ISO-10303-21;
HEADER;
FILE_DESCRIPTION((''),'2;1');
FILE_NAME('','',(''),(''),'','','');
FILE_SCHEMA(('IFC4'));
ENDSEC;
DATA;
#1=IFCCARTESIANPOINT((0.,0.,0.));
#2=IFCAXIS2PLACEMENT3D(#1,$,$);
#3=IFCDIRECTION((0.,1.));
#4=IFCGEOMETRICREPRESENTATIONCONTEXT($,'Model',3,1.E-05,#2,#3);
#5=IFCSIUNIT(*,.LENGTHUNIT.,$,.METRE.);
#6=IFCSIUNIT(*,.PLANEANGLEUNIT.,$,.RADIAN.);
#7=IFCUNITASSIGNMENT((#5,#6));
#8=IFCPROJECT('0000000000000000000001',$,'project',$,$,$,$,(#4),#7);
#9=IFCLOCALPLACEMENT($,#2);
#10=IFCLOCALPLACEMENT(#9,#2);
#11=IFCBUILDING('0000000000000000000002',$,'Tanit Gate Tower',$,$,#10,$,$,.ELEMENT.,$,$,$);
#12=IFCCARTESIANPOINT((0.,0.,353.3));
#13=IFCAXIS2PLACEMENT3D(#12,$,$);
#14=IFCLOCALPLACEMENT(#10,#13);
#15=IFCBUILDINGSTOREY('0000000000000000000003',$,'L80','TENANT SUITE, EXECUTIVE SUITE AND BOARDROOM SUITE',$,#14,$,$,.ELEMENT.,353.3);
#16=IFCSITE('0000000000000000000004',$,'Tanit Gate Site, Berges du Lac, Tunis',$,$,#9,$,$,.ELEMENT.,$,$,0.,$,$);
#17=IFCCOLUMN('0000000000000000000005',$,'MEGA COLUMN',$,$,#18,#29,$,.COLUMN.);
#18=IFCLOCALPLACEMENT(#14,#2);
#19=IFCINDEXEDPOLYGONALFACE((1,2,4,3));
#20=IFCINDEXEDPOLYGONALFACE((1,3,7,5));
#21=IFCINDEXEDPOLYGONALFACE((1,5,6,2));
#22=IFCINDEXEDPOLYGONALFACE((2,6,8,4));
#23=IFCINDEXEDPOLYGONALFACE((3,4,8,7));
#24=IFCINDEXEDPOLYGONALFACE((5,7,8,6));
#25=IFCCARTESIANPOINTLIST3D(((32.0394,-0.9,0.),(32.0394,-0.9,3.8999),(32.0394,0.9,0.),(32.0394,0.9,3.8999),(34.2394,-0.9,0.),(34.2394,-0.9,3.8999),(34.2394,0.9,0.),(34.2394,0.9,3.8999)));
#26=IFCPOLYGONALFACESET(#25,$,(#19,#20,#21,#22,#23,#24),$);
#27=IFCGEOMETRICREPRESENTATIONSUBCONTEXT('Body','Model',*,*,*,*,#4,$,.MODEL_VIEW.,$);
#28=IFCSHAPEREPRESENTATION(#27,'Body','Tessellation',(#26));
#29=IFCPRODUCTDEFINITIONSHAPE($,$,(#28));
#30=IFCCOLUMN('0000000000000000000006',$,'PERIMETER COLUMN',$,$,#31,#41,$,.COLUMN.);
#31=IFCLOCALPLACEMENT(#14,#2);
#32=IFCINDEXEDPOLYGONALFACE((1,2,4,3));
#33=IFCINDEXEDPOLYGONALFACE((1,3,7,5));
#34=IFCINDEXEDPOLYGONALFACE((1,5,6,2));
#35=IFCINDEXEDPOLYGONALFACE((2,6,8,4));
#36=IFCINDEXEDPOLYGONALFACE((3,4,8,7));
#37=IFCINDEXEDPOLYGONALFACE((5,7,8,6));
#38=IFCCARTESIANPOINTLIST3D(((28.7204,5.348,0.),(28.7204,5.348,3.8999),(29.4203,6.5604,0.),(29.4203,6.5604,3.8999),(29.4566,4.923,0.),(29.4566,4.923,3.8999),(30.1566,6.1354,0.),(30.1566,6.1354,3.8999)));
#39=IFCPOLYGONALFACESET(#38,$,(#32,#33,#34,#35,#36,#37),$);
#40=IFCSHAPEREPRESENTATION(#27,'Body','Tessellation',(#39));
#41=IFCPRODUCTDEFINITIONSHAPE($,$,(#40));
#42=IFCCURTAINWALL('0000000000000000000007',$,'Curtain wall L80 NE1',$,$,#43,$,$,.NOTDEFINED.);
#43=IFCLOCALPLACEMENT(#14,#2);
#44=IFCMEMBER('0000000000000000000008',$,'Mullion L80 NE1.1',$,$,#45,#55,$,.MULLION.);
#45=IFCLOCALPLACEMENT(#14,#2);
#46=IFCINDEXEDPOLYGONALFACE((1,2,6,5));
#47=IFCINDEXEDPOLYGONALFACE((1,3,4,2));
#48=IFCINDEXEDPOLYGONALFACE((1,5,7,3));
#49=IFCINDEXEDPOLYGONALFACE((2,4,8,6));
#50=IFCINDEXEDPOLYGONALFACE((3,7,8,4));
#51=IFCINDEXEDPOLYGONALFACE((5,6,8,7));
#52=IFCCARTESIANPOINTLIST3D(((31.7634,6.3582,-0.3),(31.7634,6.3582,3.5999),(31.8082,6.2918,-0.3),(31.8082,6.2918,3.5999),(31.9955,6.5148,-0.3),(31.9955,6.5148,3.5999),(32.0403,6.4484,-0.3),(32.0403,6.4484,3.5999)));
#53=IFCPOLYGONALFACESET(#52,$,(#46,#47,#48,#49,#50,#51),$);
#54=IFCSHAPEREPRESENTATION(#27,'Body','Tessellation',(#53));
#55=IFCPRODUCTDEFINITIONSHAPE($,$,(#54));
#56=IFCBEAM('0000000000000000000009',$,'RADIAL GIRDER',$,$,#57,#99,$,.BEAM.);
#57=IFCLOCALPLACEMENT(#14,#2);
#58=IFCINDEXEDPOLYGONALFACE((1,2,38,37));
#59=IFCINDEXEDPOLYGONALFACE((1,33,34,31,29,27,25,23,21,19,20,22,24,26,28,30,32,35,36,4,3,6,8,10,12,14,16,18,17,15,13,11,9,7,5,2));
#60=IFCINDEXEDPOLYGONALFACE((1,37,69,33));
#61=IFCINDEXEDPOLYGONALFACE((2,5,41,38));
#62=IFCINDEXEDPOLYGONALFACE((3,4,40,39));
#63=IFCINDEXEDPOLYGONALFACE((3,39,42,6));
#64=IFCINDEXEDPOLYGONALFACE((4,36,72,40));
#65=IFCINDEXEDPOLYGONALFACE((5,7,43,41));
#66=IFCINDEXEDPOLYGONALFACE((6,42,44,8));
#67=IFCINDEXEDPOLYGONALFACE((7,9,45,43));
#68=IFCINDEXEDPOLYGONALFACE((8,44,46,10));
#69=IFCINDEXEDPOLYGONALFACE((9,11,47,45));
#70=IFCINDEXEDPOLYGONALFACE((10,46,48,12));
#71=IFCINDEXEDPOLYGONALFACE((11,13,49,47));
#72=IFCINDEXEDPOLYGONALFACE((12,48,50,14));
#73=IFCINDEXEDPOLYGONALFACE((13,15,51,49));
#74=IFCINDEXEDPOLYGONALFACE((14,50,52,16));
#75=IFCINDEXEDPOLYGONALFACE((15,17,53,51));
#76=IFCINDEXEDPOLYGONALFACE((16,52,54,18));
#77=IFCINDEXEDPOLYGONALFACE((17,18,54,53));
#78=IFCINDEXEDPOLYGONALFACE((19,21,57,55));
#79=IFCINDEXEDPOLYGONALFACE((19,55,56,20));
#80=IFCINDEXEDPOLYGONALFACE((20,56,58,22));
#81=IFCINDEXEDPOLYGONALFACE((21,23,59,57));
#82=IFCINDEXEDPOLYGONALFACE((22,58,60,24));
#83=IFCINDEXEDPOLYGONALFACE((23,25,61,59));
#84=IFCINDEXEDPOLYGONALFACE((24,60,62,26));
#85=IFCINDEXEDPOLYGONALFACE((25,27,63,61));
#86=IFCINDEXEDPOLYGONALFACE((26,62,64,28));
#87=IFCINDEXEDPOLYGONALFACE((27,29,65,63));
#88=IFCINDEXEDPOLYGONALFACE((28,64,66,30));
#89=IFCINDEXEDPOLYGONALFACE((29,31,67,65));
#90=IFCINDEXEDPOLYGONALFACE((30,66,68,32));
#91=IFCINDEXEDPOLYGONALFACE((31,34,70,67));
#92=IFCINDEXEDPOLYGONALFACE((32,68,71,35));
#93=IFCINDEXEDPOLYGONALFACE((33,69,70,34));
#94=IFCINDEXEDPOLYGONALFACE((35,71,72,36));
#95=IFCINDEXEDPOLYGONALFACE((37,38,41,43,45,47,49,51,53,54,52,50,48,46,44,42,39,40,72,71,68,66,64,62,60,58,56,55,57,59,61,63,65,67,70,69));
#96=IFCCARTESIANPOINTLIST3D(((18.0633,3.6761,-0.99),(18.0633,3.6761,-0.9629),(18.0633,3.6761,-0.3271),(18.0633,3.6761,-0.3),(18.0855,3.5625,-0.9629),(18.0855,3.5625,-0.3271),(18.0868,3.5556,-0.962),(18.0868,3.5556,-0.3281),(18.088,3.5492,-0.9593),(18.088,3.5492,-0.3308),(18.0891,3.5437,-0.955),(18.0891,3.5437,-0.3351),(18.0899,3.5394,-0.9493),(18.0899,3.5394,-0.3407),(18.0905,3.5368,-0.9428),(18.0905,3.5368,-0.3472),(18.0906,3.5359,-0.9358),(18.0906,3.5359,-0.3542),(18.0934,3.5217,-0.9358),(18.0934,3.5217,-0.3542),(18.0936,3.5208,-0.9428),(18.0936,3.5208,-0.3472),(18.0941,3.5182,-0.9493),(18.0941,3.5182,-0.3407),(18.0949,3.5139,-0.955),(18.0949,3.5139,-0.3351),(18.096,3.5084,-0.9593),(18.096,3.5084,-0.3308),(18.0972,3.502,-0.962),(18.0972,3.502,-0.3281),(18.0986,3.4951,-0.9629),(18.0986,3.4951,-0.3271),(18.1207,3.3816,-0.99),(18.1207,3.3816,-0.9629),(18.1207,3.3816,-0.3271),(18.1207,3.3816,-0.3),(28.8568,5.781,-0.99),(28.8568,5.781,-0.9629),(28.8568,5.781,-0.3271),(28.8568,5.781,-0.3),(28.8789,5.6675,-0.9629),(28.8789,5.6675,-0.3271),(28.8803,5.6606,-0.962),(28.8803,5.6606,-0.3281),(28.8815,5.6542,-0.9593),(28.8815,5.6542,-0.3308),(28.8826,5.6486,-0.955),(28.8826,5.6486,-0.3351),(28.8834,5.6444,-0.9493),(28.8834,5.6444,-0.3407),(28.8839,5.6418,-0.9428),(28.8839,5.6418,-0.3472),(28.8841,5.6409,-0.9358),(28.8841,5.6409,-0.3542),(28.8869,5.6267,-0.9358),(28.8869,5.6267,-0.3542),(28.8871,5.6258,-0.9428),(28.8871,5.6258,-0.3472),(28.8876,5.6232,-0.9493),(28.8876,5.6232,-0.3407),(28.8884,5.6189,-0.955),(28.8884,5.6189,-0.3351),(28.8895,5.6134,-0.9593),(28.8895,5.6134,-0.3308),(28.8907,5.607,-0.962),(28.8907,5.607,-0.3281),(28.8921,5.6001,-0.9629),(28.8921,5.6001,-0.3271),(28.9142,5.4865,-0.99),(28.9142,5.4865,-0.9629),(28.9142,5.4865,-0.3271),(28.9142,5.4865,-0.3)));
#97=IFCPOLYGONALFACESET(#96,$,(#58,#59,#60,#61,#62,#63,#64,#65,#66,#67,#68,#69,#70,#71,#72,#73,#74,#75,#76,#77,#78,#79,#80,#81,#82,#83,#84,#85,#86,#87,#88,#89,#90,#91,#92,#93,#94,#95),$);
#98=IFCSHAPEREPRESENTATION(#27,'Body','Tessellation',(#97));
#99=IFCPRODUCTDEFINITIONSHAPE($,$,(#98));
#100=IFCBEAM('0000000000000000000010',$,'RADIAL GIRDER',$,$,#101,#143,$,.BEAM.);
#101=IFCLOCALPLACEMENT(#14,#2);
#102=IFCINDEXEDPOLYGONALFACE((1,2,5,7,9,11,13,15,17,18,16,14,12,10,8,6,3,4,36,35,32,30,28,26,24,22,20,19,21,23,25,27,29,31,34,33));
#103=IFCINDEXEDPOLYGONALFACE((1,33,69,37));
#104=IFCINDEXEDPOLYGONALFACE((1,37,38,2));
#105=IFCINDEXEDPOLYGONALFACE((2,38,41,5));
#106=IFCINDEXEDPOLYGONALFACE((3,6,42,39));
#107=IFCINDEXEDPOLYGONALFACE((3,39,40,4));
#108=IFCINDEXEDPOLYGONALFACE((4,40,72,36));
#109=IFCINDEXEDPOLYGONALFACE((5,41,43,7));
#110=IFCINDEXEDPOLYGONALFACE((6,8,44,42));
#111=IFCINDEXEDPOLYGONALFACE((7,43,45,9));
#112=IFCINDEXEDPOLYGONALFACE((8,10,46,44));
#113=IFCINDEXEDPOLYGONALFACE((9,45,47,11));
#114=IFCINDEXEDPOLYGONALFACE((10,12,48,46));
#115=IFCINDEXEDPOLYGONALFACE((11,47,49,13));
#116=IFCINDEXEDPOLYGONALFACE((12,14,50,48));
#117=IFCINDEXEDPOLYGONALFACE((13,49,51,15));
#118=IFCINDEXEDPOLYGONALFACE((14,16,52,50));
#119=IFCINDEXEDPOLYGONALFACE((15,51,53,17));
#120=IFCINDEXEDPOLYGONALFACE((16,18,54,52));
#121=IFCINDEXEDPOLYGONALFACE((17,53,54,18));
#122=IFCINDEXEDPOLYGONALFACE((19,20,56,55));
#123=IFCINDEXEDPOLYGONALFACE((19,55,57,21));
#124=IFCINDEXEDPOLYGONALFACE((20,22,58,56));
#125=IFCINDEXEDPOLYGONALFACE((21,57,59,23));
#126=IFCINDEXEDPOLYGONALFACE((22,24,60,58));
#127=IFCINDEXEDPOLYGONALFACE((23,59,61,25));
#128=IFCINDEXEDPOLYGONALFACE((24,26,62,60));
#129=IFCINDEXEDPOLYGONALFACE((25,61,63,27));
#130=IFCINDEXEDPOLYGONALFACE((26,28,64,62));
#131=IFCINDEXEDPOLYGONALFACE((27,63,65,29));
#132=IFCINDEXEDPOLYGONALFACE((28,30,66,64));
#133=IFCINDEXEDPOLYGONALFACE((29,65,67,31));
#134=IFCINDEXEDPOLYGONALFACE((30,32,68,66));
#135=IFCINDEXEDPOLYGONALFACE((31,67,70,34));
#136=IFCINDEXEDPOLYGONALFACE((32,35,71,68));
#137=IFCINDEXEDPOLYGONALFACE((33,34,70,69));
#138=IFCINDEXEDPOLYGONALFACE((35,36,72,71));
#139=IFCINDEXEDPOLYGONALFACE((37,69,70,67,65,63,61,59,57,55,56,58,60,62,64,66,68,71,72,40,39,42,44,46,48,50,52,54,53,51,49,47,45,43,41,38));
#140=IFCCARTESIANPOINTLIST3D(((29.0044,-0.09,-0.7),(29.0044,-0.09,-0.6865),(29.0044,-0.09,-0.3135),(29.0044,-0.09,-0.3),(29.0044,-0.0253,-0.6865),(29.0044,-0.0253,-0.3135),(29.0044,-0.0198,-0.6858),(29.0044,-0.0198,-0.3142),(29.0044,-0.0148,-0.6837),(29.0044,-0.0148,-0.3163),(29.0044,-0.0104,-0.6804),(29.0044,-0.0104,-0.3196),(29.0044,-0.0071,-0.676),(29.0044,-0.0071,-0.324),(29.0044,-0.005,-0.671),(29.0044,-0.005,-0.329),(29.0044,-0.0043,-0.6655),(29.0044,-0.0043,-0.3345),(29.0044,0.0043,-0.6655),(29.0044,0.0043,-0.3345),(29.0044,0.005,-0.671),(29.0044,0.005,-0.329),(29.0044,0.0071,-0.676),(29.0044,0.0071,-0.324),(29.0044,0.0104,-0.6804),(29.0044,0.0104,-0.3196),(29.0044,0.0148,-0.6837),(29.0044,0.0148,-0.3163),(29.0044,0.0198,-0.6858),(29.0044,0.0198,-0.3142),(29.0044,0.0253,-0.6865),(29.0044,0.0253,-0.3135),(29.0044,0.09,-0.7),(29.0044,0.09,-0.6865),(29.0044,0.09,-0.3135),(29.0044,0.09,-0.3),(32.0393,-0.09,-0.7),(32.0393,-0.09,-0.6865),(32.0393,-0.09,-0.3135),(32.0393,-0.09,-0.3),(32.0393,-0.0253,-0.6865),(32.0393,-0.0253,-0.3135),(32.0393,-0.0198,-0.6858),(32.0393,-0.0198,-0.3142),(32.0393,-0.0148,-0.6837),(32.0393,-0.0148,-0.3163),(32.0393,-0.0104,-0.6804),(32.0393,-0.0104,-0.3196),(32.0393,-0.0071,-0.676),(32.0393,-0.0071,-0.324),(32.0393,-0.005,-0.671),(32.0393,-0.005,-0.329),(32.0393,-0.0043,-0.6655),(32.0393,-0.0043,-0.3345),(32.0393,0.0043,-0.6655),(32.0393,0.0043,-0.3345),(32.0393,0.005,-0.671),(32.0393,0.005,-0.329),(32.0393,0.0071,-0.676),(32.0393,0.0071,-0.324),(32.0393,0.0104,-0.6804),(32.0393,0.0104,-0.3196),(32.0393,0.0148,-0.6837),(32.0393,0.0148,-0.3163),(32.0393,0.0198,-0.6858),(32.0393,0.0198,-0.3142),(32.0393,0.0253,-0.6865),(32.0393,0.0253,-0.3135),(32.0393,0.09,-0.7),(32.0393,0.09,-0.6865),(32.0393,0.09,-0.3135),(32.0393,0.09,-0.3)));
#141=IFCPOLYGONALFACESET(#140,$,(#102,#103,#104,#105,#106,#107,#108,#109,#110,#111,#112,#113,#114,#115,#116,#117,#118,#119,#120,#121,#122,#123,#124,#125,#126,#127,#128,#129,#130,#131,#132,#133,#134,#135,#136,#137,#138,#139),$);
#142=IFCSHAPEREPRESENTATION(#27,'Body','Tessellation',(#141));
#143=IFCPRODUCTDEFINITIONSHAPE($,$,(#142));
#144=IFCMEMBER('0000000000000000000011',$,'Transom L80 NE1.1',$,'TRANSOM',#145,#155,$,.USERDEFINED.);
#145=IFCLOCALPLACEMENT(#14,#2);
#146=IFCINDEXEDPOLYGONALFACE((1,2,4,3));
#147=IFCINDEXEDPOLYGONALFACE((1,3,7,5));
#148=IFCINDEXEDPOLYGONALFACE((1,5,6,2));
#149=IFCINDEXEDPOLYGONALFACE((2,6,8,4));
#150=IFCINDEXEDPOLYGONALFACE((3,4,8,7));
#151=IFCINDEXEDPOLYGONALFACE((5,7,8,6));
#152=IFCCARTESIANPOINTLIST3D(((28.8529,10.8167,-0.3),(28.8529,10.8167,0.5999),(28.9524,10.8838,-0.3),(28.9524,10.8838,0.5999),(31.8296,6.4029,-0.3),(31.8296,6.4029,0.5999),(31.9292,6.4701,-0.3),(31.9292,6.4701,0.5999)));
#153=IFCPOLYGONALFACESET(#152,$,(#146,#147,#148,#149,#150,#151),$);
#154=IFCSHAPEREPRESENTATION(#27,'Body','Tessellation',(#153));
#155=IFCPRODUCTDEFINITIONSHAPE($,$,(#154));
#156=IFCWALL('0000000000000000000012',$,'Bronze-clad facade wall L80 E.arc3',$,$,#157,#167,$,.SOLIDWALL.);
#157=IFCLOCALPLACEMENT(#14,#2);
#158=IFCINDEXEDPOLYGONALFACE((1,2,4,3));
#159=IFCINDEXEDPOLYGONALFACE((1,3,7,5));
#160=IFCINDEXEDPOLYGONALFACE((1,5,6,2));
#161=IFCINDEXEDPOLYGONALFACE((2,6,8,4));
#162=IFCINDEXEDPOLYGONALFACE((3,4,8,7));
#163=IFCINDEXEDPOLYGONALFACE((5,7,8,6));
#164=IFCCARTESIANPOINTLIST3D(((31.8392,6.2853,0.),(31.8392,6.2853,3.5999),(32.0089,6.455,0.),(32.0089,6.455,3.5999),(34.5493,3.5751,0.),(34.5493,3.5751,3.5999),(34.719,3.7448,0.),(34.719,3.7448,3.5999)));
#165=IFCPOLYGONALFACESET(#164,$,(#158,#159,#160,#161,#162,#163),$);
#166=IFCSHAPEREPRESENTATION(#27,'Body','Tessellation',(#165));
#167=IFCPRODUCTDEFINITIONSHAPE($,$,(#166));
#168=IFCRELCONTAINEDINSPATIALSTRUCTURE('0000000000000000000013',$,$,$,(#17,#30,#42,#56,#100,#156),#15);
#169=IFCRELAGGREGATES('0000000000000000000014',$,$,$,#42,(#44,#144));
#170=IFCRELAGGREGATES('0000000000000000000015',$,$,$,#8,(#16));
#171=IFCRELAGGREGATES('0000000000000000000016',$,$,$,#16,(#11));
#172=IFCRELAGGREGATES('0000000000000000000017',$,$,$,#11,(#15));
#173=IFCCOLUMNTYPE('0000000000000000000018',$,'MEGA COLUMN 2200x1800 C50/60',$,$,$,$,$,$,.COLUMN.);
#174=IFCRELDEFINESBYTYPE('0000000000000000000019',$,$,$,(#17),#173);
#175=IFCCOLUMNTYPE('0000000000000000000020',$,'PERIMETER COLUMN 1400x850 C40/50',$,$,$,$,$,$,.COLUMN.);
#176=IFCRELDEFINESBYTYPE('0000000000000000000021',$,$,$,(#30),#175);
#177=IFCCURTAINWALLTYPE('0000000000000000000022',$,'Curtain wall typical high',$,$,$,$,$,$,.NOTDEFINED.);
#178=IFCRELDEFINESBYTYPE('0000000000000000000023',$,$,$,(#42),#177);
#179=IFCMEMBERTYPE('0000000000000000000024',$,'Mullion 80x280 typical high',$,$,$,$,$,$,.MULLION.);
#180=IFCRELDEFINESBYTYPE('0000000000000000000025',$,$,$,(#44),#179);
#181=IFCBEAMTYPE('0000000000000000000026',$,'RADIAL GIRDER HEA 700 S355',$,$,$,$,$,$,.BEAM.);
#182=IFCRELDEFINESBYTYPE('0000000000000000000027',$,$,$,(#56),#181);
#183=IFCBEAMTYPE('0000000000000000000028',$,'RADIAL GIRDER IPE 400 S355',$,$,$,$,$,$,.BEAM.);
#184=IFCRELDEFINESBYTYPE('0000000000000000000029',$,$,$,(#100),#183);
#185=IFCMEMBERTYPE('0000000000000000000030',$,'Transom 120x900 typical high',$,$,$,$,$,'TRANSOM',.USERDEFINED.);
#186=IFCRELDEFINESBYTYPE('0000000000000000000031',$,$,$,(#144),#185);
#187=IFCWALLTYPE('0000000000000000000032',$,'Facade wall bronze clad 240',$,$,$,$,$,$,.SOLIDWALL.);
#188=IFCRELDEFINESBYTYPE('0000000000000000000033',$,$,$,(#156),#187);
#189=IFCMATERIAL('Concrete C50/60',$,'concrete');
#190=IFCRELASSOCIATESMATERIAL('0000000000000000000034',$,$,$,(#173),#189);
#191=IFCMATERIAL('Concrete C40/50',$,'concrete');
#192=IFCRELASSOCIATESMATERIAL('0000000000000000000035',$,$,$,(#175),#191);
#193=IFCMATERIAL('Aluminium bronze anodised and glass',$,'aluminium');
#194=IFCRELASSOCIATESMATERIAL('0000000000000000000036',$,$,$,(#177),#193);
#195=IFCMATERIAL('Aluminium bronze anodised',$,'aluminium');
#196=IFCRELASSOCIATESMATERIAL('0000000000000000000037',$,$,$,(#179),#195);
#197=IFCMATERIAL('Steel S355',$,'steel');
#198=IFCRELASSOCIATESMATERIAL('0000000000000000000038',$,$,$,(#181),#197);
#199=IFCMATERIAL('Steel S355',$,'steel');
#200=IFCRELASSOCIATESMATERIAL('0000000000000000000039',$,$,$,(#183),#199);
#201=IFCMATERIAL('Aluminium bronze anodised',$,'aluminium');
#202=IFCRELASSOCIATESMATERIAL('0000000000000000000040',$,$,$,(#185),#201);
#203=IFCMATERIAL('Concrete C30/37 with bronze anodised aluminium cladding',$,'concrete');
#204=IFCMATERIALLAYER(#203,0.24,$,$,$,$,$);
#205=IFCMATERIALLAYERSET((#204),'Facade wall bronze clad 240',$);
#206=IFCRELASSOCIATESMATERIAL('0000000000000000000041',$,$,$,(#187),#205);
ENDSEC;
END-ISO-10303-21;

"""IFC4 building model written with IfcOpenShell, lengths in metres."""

from ifc_helpers import new_model, si_unit, direction, frame, frame_2d, origin, origin_2d, place, context, subcontext, project, spatial, rectangle, i_section, extrude, material, layer, layer_set, material_profile, profile_set, type_object, element, aggregate, save


model = new_model("IFC4")

# Units and contexts
model_context = context("Model", 3, precision=1e-05, world=origin(), true_north=direction((0.0, 1.0)))
body_context = subcontext(model_context, "Body", "Model", "MODEL_VIEW")
ifc_project = project(units=[si_unit("LENGTHUNIT", "METRE"), si_unit("PLANEANGLEUNIT", "RADIAN")], contexts=[model_context])

# Site, building, storey
site_placement = place(None, origin())
site = spatial("IfcSite", under=ifc_project, at=site_placement, Name="Tanit Gate Site, Berges du Lac, Tunis", CompositionType="ELEMENT", RefElevation=0.0)
building_placement = place(site_placement, origin())
building = spatial("IfcBuilding", under=site, at=building_placement, Name="Tanit Gate Tower", CompositionType="ELEMENT")
storey_placement = place(building_placement, frame((0.0, 0.0, 353.3)))
storey = spatial("IfcBuildingStorey", under=building, at=storey_placement, Name="L80", Description="TENANT SUITE, EXECUTIVE SUITE AND BOARDROOM SUITE", CompositionType="ELEMENT", Elevation=353.3)

# Columns
ifc_material_1 = material(Name="Concrete C50/60", Category="concrete")
ifc_material_profile_1 = material_profile(ifc_material_1, rectangle(XDim=2.2, YDim=1.8, at=origin_2d()), Name="RC 2200x1800")
ifc_profile_set_1 = profile_set([ifc_material_profile_1], Name="Concrete C50/60")
column_type_1 = type_object("IfcColumnType", Name="MEGA COLUMN 2200x1800 C50/60", PredefinedType="COLUMN", material=ifc_profile_set_1)
column_1_placement = place(storey_placement, frame((33.1394, 0.0, 0.0), z_axis=(0.0, 0.0, 1.0), x_axis=(1.0, 0.0, 0.0)))
element("IfcColumn", 1, at=column_1_placement, inside=storey, type_object=column_type_1, Name="MEGA COLUMN", PredefinedType="COLUMN", context=body_context, shape_type="SweptSolid", body=[
    extrude(rectangle(XDim=2.2, YDim=1.8, at=origin_2d()), origin(), (0.0, 0.0, 1.0), 3.8999),
])
ifc_material_2 = material(Name="Concrete C40/50", Category="concrete")
ifc_material_profile_2 = material_profile(ifc_material_2, rectangle(XDim=1.3999, YDim=0.8501, at=origin_2d()), Name="RC 1400x850")
ifc_profile_set_2 = profile_set([ifc_material_profile_2], Name="Concrete C40/50")
column_type_2 = type_object("IfcColumnType", Name="PERIMETER COLUMN 1400x850 C40/50", PredefinedType="COLUMN", material=ifc_profile_set_2)
column_2_placement = place(storey_placement, frame((29.4385, 5.7417, 0.0), z_axis=(0.0, 0.0, 1.0), x_axis=(0.5, 0.866025, 0.0)))
element("IfcColumn", 2, at=column_2_placement, inside=storey, type_object=column_type_2, Name="PERIMETER COLUMN", PredefinedType="COLUMN", context=body_context, shape_type="SweptSolid", body=[
    extrude(rectangle(XDim=1.3999, YDim=0.8501, at=origin_2d()), origin(), (0.0, 0.0, 1.0), 3.8999),
])

# Curtain wall, member
ifc_material_3 = material(Name="Aluminium bronze anodised and glass", Category="aluminium")
curtain_wall_type = type_object("IfcCurtainWallType", Name="Curtain wall typical high", PredefinedType="NOTDEFINED", material=ifc_material_3)
curtain_wall_placement = place(storey_placement, origin())
curtain_wall = element("IfcCurtainWall", 3, at=curtain_wall_placement, inside=storey, type_object=curtain_wall_type, Name="Curtain wall L80 NE1", PredefinedType="NOTDEFINED")
ifc_material_4 = material(Name="Aluminium bronze anodised", Category="aluminium")
ifc_material_profile_3 = material_profile(ifc_material_4, rectangle(XDim=0.28, YDim=0.0801, at=origin_2d()), Name="80x280 bronze mullion")
ifc_profile_set_3 = profile_set([ifc_material_profile_3], Name="Aluminium bronze anodised")
member_type_1 = type_object("IfcMemberType", Name="Mullion 80x280 typical high", PredefinedType="MULLION", material=ifc_profile_set_3)
member_1_placement = place(storey_placement, frame((31.9019, 6.4033, -0.3), z_axis=(0.0, 0.0, 1.0), x_axis=(-0.829068, -0.559148, 0.0)))
member_1 = element("IfcMember", 4, at=member_1_placement, type_object=member_type_1, Name="Mullion L80 NE1.1", PredefinedType="MULLION", context=body_context, shape_type="SweptSolid", body=[
    extrude(rectangle(XDim=0.28, YDim=0.0801, at=origin_2d()), origin(), (0.0, 0.0, 1.0), 3.8999),
])

# Beams
ifc_material_5 = material(Name="Steel S355", Category="steel")
ifc_material_profile_4 = material_profile(ifc_material_5, i_section(OverallWidth=0.3, OverallDepth=0.6899, WebThickness=0.0144, FlangeThickness=0.0271, FilletRadius=0.0271, at=origin_2d()), Name="HEA 700")
ifc_profile_set_4 = profile_set([ifc_material_profile_4], Name="Steel S355")
beam_type_1 = type_object("IfcBeamType", Name="RADIAL GIRDER HEA 700 S355", PredefinedType="BEAM", material=ifc_profile_set_4)
beam_1_placement = place(storey_placement, frame((28.8855, 5.6338, -0.645), z_axis=(-0.981509, -0.191418, 0.0), x_axis=(0.191418, -0.981509, 0.0)))
element("IfcBeam", 5, at=beam_1_placement, inside=storey, type_object=beam_type_1, Name="RADIAL GIRDER", PredefinedType="BEAM", context=body_context, shape_type="SweptSolid", body=[
    extrude(i_section(OverallWidth=0.3, OverallDepth=0.6899, WebThickness=0.0144, FlangeThickness=0.0271, FilletRadius=0.0271, at=origin_2d()), origin(), (0.0, 0.0, 1.0), 10.9968),
])
ifc_material_6 = material(Name="Steel S355", Category="steel")
ifc_material_profile_5 = material_profile(ifc_material_6, i_section(OverallWidth=0.1799, OverallDepth=0.3999, WebThickness=0.0085, FlangeThickness=0.0134, FilletRadius=0.021, at=origin_2d()), Name="IPE 400")
ifc_profile_set_5 = profile_set([ifc_material_profile_5], Name="Steel S355")
beam_type_2 = type_object("IfcBeamType", Name="RADIAL GIRDER IPE 400 S355", PredefinedType="BEAM", material=ifc_profile_set_5)
beam_2_placement = place(storey_placement, frame((32.0393, 0.0, -0.5), z_axis=(-1.0, 0.0, 0.0), x_axis=(0.0, -1.0, 0.0)))
element("IfcBeam", 6, at=beam_2_placement, inside=storey, type_object=beam_type_2, Name="RADIAL GIRDER", PredefinedType="BEAM", context=body_context, shape_type="SweptSolid", body=[
    extrude(i_section(OverallWidth=0.1799, OverallDepth=0.3999, WebThickness=0.0085, FlangeThickness=0.0134, FilletRadius=0.021, at=origin_2d()), origin(), (0.0, 0.0, 1.0), 3.0349),
])

# Member
ifc_material_7 = material(Name="Aluminium bronze anodised", Category="aluminium")
ifc_material_profile_6 = material_profile(ifc_material_7, rectangle(XDim=0.1201, YDim=0.8999, at=origin_2d()), Name="120x900 bronze transom")
ifc_profile_set_6 = profile_set([ifc_material_profile_6], Name="Aluminium bronze anodised")
member_type_2 = type_object("IfcMemberType", Name="Transom 120x900 typical high", ElementType="TRANSOM", PredefinedType="USERDEFINED", material=ifc_profile_set_6)
member_2_placement = place(storey_placement, frame((31.8794, 6.4365, 0.1499), z_axis=(-0.559148, 0.829068, 0.0), x_axis=(-0.829068, -0.559148, 0.0)))
member_2 = element("IfcMember", 7, at=member_2_placement, type_object=member_type_2, Name="Transom L80 NE1.1", ObjectType="TRANSOM", PredefinedType="USERDEFINED", context=body_context, shape_type="SweptSolid", body=[
    extrude(rectangle(XDim=0.1201, YDim=0.8999, at=origin_2d()), origin(), (0.0, 0.0, 1.0), 5.3237),
])
aggregate(curtain_wall, [member_1, member_2])

# Wall
ifc_material_8 = material(Name="Concrete C30/37 with bronze anodised aluminium cladding", Category="concrete")
ifc_layer_1 = layer(ifc_material_8, 0.24)
ifc_layer_set_1 = layer_set([ifc_layer_1], Name="Facade wall bronze clad 240")
wall_type_1 = type_object("IfcWallType", Name="Facade wall bronze clad 240", PredefinedType="SOLIDWALL", material=ifc_layer_set_1)
wall_1_placement = place(storey_placement, frame((34.6343, 3.6599, 0.0), z_axis=(0.0, 0.0, 1.0), x_axis=(-0.707107, 0.707107, 0.0)))
element("IfcWall", 8, at=wall_1_placement, inside=storey, type_object=wall_type_1, Name="Bronze-clad facade wall L80 E.arc3", PredefinedType="SOLIDWALL", context=body_context, shape_type="SweptSolid", body=[
    extrude(rectangle(XDim=3.8328, YDim=0.24, at=frame_2d((1.9165, 0.0))), origin(), (0.0, 0.0, 1.0), 3.5999),
])

save(model, "model.ifc")
